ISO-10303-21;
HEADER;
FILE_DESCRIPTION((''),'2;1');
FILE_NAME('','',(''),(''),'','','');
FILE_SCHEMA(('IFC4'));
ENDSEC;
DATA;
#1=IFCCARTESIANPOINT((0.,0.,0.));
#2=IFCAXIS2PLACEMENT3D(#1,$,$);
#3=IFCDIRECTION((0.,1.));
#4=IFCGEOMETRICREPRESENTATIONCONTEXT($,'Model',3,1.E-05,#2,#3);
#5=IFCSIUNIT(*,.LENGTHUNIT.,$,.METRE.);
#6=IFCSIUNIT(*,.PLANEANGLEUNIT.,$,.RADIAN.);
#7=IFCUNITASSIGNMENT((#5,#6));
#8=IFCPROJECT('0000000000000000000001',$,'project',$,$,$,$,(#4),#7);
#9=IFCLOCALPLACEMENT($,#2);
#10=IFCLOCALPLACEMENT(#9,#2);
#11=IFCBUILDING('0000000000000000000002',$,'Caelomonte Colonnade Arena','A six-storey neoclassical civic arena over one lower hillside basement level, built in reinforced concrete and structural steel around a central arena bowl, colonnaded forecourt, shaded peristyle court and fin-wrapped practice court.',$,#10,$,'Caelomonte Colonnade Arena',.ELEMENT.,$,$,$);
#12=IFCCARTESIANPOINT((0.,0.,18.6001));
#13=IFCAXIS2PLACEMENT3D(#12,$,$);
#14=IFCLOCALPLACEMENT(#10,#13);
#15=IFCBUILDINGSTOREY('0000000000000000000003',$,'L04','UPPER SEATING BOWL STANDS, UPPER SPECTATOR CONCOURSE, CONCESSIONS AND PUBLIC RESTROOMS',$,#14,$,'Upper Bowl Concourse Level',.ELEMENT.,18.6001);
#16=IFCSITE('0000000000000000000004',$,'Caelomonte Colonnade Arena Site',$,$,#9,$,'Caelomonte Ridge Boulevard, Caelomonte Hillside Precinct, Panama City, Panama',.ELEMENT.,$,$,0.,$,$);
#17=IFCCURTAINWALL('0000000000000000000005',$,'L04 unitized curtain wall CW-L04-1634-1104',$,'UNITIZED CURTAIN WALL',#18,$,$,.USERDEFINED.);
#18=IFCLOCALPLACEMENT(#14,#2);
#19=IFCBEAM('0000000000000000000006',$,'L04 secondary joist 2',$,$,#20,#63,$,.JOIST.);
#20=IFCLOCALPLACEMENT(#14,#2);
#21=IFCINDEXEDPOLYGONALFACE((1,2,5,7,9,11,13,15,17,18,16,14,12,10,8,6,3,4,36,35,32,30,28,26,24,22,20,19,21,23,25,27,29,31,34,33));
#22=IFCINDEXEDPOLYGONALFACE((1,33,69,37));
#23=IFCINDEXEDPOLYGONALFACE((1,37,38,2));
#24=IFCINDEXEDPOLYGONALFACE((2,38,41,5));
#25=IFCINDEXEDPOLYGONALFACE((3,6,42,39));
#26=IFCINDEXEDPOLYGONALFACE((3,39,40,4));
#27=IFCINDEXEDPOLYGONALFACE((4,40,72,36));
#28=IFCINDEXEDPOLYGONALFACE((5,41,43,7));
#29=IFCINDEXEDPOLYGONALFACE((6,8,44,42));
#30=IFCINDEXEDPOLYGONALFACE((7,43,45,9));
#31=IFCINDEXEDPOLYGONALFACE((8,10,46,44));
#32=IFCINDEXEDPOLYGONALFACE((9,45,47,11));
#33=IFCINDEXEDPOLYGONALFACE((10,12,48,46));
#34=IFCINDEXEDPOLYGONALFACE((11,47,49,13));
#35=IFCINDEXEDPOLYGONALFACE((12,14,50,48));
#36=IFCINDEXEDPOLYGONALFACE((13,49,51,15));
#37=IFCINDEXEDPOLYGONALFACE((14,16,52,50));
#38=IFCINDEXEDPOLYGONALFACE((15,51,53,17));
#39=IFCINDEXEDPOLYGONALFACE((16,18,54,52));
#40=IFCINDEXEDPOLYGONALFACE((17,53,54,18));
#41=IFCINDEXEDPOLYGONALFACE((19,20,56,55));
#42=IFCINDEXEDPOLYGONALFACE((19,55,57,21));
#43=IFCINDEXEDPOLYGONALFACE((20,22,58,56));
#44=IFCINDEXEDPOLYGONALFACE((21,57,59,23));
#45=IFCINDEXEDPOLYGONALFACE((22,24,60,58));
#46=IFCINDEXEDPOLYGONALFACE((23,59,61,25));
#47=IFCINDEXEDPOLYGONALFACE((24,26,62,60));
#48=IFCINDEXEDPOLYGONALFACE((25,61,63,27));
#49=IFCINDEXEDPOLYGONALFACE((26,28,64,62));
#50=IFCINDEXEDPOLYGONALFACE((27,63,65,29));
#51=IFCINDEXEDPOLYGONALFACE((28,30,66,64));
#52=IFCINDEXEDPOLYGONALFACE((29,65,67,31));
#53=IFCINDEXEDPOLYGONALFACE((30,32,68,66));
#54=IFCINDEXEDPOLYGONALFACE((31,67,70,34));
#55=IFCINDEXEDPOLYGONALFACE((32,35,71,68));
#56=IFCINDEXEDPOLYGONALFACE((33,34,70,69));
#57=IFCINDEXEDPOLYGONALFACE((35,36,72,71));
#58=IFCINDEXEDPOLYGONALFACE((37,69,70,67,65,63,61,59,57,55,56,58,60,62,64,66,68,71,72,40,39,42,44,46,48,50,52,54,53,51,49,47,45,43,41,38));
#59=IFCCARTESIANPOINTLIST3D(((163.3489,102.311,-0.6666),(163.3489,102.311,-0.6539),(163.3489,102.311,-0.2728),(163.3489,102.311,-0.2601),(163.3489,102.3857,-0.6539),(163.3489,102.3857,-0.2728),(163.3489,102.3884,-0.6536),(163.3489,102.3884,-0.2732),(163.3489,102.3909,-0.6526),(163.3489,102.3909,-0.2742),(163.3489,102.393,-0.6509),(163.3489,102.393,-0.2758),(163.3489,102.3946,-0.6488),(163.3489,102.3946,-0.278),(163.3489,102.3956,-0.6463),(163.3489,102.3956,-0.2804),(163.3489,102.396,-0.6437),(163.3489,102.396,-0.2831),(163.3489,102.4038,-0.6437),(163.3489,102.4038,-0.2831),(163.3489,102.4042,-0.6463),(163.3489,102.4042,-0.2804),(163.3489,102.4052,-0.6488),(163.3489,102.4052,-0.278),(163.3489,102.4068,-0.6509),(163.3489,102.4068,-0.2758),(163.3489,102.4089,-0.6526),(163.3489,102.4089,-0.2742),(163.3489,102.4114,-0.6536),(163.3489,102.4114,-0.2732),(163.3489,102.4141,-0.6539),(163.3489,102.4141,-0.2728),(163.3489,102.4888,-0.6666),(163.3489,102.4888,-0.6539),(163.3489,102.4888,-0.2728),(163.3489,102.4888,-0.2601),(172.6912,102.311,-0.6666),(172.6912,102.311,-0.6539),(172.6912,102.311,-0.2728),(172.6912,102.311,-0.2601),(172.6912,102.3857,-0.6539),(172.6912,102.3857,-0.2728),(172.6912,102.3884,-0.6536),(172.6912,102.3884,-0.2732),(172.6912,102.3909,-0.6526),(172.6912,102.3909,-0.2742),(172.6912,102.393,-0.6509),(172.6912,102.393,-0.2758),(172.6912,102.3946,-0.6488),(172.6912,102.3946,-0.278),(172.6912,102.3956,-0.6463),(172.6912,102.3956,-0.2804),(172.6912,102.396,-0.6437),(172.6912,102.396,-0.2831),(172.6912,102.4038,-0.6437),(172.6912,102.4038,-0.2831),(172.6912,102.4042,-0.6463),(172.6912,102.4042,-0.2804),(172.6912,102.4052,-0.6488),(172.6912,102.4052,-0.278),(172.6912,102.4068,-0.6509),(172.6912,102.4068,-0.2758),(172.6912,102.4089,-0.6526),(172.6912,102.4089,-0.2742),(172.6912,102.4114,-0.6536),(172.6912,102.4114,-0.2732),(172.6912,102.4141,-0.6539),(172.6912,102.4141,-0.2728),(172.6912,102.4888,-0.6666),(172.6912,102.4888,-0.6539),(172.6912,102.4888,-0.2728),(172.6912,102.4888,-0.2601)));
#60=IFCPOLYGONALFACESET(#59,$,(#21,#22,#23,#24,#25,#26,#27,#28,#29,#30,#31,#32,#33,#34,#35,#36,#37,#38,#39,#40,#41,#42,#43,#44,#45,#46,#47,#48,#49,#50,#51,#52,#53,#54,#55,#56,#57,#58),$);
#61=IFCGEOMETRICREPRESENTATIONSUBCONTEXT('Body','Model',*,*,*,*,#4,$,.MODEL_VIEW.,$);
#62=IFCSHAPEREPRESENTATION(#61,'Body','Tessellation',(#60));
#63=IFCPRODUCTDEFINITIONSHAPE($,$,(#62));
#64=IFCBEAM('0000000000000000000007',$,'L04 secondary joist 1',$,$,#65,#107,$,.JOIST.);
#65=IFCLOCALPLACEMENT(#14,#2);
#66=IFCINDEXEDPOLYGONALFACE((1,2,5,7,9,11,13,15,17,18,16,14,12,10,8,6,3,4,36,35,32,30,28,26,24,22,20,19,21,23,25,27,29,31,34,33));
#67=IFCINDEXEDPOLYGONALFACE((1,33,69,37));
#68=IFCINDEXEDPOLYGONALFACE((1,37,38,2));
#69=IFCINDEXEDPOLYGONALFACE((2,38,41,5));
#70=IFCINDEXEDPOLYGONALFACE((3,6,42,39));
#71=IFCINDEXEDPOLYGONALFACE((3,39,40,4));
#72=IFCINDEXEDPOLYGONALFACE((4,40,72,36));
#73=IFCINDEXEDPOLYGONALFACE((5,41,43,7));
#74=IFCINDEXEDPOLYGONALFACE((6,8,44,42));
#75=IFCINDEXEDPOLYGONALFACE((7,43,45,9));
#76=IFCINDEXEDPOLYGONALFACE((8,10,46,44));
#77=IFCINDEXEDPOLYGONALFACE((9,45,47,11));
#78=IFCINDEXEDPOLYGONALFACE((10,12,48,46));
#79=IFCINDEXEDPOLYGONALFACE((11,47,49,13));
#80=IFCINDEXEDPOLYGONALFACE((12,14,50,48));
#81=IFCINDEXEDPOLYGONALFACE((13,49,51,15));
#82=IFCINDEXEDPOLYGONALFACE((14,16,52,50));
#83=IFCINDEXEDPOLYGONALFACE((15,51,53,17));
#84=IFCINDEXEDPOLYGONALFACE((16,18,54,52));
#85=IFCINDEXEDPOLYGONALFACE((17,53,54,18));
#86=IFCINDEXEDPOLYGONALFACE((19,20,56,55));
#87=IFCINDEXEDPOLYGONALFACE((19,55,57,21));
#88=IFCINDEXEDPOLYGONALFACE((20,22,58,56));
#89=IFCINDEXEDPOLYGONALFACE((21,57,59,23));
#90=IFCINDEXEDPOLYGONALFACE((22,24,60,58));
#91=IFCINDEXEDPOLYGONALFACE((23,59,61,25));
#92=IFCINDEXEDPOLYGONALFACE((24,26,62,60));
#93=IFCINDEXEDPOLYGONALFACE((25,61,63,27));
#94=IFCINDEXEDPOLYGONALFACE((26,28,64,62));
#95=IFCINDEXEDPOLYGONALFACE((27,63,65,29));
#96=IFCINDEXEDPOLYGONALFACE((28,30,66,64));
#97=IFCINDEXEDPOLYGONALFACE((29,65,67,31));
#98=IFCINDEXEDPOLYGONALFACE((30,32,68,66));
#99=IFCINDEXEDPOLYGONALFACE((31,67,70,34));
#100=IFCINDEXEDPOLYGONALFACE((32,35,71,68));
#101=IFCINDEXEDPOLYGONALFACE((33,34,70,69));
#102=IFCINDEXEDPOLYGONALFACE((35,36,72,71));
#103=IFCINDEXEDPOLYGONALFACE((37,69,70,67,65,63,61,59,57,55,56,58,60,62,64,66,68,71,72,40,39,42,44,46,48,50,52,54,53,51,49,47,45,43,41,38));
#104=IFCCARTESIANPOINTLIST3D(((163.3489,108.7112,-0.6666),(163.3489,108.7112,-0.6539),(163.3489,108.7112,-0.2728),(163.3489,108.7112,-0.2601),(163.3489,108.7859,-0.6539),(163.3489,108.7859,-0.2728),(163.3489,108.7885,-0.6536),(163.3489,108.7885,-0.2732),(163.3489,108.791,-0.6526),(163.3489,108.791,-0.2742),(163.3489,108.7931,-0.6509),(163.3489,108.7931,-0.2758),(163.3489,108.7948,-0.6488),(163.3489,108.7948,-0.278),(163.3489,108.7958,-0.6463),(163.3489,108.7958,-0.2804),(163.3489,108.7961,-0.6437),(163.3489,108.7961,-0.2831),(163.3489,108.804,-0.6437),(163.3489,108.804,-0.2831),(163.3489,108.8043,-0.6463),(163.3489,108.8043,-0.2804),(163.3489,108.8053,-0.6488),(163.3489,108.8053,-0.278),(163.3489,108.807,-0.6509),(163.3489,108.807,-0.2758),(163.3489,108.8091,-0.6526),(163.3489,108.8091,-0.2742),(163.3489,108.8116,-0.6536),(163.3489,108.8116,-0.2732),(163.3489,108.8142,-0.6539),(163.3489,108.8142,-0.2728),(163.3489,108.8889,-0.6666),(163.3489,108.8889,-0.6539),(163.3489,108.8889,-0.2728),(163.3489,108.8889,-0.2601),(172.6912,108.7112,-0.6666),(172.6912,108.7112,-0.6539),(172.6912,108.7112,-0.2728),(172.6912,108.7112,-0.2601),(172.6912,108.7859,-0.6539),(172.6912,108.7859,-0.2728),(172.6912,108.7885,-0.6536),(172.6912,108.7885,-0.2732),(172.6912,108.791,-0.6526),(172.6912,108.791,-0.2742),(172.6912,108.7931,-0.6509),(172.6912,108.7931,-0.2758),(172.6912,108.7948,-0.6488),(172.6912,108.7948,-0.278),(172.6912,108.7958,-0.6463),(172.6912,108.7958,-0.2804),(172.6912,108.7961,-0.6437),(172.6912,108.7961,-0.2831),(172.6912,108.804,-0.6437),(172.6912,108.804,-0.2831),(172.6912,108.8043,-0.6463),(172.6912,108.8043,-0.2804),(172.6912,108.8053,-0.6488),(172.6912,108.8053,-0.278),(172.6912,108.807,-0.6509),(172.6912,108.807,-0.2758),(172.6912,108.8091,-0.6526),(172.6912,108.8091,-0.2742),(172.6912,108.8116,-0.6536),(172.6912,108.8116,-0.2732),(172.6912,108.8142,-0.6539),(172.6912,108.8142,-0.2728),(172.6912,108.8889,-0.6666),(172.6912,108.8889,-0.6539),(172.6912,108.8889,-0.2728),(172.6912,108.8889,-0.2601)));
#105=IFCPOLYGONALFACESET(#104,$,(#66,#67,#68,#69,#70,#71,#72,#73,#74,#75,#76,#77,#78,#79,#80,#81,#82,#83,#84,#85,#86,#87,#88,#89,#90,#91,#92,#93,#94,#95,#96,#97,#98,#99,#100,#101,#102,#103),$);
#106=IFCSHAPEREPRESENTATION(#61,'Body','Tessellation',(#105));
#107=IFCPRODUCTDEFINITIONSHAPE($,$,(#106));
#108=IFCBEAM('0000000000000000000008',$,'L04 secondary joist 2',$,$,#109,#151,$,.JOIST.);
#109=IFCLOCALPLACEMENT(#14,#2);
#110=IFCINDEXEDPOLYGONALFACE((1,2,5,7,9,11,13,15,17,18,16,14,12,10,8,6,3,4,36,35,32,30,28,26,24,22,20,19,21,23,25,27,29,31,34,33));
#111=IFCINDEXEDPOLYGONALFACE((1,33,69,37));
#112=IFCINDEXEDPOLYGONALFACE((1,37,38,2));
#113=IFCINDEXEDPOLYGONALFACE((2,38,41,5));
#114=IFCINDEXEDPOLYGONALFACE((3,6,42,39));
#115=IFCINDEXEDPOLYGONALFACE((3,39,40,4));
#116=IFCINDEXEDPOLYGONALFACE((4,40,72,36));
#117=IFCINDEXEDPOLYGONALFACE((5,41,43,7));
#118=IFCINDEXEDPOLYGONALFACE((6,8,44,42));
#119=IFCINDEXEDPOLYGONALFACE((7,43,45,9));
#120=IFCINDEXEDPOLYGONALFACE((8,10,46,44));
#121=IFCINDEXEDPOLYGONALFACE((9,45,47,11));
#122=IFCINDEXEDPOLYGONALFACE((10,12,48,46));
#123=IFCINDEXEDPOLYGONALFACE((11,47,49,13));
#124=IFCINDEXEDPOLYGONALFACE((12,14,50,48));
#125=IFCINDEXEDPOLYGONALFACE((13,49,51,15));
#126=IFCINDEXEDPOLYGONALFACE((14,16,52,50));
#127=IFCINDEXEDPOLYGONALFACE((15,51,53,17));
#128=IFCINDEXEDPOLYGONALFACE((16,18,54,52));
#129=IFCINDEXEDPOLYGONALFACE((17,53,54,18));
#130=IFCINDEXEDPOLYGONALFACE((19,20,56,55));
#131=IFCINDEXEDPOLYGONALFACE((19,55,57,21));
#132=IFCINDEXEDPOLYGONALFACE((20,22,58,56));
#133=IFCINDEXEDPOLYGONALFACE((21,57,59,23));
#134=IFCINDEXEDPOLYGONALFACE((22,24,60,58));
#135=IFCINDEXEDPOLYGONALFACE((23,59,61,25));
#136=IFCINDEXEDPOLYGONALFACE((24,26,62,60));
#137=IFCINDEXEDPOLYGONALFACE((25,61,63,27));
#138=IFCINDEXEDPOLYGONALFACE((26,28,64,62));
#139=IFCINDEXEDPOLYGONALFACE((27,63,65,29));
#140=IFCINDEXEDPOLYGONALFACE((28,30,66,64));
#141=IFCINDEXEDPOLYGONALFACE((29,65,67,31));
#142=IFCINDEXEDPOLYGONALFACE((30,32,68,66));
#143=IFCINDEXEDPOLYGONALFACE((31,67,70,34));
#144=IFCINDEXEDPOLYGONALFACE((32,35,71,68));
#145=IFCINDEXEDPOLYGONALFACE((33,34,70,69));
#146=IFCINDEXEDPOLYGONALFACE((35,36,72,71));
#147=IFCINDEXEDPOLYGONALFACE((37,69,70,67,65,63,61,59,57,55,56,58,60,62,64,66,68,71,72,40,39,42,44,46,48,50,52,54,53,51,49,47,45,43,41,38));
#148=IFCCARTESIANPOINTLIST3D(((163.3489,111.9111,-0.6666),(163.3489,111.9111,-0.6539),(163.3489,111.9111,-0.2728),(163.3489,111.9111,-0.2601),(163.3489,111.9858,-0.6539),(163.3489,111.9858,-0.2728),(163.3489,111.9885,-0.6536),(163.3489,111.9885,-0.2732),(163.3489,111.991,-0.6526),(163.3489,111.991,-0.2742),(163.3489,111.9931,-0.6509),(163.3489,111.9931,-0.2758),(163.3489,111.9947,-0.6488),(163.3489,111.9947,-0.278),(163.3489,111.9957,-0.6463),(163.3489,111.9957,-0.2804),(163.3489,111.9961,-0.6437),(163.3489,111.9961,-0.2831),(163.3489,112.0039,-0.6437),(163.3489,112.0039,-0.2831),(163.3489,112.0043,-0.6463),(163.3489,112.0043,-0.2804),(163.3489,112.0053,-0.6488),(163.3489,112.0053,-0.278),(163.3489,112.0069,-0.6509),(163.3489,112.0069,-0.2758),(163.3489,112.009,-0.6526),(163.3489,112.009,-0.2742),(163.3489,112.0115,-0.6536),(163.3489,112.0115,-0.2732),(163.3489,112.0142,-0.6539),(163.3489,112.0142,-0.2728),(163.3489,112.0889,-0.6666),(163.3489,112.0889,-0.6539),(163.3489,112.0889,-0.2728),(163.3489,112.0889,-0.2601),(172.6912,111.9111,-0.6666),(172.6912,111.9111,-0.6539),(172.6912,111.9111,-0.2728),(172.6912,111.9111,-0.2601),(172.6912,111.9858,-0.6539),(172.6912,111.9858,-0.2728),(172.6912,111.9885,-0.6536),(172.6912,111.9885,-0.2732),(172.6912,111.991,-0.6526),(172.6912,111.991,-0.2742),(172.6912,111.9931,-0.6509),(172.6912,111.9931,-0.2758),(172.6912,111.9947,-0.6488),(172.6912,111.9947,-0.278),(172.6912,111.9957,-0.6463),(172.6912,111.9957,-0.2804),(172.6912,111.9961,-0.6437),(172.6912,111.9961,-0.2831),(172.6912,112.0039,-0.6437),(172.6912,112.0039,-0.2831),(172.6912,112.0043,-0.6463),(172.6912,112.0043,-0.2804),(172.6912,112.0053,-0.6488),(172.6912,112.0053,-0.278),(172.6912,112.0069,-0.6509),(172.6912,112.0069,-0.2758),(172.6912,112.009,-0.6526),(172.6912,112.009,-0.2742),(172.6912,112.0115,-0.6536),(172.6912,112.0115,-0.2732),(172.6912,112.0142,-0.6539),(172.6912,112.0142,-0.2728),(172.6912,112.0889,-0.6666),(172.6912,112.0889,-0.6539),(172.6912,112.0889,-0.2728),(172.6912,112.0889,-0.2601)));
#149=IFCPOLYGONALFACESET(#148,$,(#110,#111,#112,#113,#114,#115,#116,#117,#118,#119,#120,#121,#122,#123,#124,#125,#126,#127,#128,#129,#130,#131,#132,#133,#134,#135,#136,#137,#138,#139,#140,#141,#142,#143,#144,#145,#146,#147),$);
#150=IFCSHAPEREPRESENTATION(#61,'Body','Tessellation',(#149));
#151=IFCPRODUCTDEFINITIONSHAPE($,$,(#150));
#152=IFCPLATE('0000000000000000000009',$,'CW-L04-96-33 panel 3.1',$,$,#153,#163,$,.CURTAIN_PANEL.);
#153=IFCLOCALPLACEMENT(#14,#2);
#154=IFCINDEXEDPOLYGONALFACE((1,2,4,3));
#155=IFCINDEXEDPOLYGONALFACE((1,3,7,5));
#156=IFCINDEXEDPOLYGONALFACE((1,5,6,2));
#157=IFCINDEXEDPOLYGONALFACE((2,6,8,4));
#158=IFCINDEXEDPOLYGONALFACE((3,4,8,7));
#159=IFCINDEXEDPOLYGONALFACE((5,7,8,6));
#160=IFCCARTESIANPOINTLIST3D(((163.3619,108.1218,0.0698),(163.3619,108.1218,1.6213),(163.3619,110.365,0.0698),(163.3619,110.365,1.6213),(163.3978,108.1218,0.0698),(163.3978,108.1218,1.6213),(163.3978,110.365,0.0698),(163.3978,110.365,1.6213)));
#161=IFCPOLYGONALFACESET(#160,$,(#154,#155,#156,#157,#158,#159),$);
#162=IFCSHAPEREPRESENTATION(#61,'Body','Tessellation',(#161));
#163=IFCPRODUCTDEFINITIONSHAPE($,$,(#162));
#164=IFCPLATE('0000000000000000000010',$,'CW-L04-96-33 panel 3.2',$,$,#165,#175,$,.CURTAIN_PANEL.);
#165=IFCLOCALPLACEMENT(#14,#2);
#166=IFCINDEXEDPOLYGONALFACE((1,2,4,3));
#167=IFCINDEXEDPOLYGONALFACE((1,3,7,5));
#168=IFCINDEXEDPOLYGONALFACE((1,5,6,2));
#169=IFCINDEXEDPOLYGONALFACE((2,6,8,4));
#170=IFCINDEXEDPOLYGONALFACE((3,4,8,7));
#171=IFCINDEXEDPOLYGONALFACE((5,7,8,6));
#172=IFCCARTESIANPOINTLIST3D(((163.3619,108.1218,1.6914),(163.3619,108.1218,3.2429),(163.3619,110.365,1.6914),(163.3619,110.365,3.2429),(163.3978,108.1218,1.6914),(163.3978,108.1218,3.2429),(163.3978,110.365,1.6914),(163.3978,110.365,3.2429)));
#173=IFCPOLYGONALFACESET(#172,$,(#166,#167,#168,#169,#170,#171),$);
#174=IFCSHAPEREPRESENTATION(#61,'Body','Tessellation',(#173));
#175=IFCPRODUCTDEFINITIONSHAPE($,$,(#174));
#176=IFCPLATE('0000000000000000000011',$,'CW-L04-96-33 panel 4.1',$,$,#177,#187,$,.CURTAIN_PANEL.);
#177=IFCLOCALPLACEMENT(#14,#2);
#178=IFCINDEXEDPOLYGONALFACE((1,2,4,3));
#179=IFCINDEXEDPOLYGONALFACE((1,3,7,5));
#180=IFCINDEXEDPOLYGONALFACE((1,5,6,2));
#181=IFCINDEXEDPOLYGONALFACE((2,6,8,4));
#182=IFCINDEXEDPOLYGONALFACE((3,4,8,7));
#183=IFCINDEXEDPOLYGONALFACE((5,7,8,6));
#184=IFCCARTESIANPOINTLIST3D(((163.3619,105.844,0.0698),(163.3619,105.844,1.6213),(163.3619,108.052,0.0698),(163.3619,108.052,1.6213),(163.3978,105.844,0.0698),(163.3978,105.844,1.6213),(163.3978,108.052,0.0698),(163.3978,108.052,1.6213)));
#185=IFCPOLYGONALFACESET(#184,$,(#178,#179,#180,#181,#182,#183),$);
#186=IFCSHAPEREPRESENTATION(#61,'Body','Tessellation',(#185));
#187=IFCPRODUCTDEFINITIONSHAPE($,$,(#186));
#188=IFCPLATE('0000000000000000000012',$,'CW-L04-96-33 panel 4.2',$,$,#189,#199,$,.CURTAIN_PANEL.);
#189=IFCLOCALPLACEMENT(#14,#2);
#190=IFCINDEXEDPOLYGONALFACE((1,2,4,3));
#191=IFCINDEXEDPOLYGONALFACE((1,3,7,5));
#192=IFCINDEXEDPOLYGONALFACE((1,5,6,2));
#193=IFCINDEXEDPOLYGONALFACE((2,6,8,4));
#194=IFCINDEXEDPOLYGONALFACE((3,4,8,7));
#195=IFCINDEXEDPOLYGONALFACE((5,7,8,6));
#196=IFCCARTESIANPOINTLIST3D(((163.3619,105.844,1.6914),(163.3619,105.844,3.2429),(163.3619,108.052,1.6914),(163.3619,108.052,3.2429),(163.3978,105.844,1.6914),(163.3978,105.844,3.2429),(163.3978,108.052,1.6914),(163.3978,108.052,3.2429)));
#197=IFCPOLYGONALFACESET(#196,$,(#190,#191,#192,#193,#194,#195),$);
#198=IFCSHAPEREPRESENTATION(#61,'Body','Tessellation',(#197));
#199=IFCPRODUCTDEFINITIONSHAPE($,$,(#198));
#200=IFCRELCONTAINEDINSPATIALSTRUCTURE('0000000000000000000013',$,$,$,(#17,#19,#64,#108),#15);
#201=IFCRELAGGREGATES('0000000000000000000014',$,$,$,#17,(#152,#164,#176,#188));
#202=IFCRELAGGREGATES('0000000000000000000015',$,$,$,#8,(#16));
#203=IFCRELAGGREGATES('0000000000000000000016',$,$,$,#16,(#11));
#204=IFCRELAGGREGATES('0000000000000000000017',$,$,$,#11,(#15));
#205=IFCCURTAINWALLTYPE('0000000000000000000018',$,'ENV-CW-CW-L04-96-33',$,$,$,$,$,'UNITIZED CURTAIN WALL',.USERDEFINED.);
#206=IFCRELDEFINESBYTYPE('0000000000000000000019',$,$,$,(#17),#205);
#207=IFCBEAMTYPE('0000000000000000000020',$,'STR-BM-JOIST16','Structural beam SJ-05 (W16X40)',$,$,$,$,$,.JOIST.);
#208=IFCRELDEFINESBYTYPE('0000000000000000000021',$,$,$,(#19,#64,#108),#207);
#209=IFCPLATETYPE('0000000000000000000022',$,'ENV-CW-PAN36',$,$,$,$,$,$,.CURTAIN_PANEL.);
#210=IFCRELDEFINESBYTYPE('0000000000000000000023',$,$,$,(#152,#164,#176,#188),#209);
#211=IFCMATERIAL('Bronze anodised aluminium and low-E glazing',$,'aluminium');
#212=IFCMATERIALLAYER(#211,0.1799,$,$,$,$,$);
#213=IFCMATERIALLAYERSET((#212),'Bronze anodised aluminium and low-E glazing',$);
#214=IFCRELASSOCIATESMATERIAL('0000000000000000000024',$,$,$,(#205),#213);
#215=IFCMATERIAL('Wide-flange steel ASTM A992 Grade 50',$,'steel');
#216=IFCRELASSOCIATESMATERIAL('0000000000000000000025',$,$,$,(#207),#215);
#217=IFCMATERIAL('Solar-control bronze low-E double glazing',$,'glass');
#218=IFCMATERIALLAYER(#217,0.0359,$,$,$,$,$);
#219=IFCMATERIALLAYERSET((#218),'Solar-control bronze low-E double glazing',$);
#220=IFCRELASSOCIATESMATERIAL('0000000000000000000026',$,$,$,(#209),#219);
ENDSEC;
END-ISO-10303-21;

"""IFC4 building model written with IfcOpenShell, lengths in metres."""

from ifc_helpers import new_model, si_unit, direction, frame, origin, origin_2d, place, context, subcontext, project, spatial, rectangle, i_section, extrude, material, layer, layer_set, material_profile, profile_set, type_object, element, aggregate, save


model = new_model("IFC4")

# Units and contexts
model_context = context("Model", 3, precision=1e-05, world=origin(), true_north=direction((0.0, 1.0)))
body_context = subcontext(model_context, "Body", "Model", "MODEL_VIEW")
ifc_project = project(units=[si_unit("LENGTHUNIT", "METRE"), si_unit("PLANEANGLEUNIT", "RADIAN")], contexts=[model_context])

# Site, building, storey
site_placement = place(None, origin())
site = spatial("IfcSite", under=ifc_project, at=site_placement, Name="Caelomonte Colonnade Arena Site", LongName="Caelomonte Ridge Boulevard, Caelomonte Hillside Precinct, Panama City, Panama", CompositionType="ELEMENT", RefElevation=0.0)
building_placement = place(site_placement, origin())
building = spatial("IfcBuilding", under=site, at=building_placement, Name="Caelomonte Colonnade Arena", Description="A six-storey neoclassical civic arena over one lower hillside basement level, built in reinforced concrete and structural steel around a central arena bowl, colonnaded forecourt, shaded peristyle court and fin-wrapped practice court.", LongName="Caelomonte Colonnade Arena", CompositionType="ELEMENT")
storey_placement = place(building_placement, frame((0.0, 0.0, 18.6001)))
storey = spatial("IfcBuildingStorey", under=building, at=storey_placement, Name="L04", Description="UPPER SEATING BOWL STANDS, UPPER SPECTATOR CONCOURSE, CONCESSIONS AND PUBLIC RESTROOMS", LongName="Upper Bowl Concourse Level", CompositionType="ELEMENT", Elevation=18.6001)

# Shared definitions
ifc_material_1 = material(Name="Wide-flange steel ASTM A992 Grade 50", Category="steel")

# Curtain wall
ifc_material_2 = material(Name="Bronze anodised aluminium and low-E glazing", Category="aluminium")
ifc_layer_1 = layer(ifc_material_2, 0.1799)
ifc_layer_set_1 = layer_set([ifc_layer_1], Name="Bronze anodised aluminium and low-E glazing")
curtain_wall_type_1 = type_object("IfcCurtainWallType", Name="ENV-CW-CW-L04-96-33", ElementType="UNITIZED CURTAIN WALL", PredefinedType="USERDEFINED", material=ifc_layer_set_1)
curtain_wall_1_placement = place(storey_placement, origin())
curtain_wall_1 = element("IfcCurtainWall", 1, at=curtain_wall_1_placement, inside=storey, type_object=curtain_wall_type_1, Name="L04 unitized curtain wall CW-L04-1634-1104", ObjectType="UNITIZED CURTAIN WALL", PredefinedType="USERDEFINED")

# Beams
ifc_material_profile_1 = material_profile(ifc_material_1, i_section(OverallWidth=0.1777, OverallDepth=0.4065, WebThickness=0.0078, FlangeThickness=0.0127, FilletRadius=0.0103, at=origin_2d()), Name="W16X40")
ifc_profile_set_1 = profile_set([ifc_material_profile_1], Name="Wide-flange steel ASTM A992 Grade 50")
beam_type_1 = type_object("IfcBeamType", Name="STR-BM-JOIST16", Description="Structural beam SJ-05 (W16X40)", PredefinedType="JOIST", material=ifc_profile_set_1)
for number, where, z_axis, x_axis, name in (
    (2, (163.3489, 102.3999, -0.4634), (1.0, 0.0, 0.0), (0.0, 1.0, 0.0), "L04 secondary joist 2"),
    (3, (163.3489, 108.8, -0.4634), (1.0, 0.0, 0.0), (0.0, 1.0, 0.0), "L04 secondary joist 1"),
    (4, (163.3489, 112.0, -0.4634), (1.0, 0.0, 0.0), (0.0, 1.0, 0.0), "L04 secondary joist 2"),
):
    element("IfcBeam", number, at=place(storey_placement, frame(where, z_axis=z_axis, x_axis=x_axis)), inside=storey, type_object=beam_type_1, Name=name, PredefinedType="JOIST", context=body_context, shape_type="SweptSolid", body=[
        extrude(i_section(OverallWidth=0.1777, OverallDepth=0.4065, WebThickness=0.0078, FlangeThickness=0.0127, FilletRadius=0.0103, at=origin_2d()), origin(), (0.0, 0.0, 1.0), 9.3423),
    ])

# Plates
ifc_material_3 = material(Name="Solar-control bronze low-E double glazing", Category="glass")
ifc_layer_2 = layer(ifc_material_3, 0.0359)
ifc_layer_set_2 = layer_set([ifc_layer_2], Name="Solar-control bronze low-E double glazing")
plate_type = type_object("IfcPlateType", Name="ENV-CW-PAN36", PredefinedType="CURTAIN_PANEL", material=ifc_layer_set_2)
plate_1_placement = place(storey_placement, frame((163.3799, 109.2434, 0.0698), z_axis=(0.0, 0.0, 1.0), x_axis=(0.0, -1.0, 0.0)))
plate_1 = element("IfcPlate", 5, at=plate_1_placement, type_object=plate_type, Name="CW-L04-96-33 panel 3.1", PredefinedType="CURTAIN_PANEL", context=body_context, shape_type="SweptSolid", body=[
    extrude(rectangle(XDim=2.2432, YDim=0.0359, at=origin_2d()), origin(), (0.0, 0.0, 1.0), 1.5515),
])
plate_2_placement = place(storey_placement, frame((163.3799, 109.2434, 1.6914), z_axis=(0.0, 0.0, 1.0), x_axis=(0.0, -1.0, 0.0)))
plate_2 = element("IfcPlate", 6, at=plate_2_placement, type_object=plate_type, Name="CW-L04-96-33 panel 3.2", PredefinedType="CURTAIN_PANEL", context=body_context, shape_type="SweptSolid", body=[
    extrude(rectangle(XDim=2.2432, YDim=0.0359, at=origin_2d()), origin(), (0.0, 0.0, 1.0), 1.5515),
])
plate_3_placement = place(storey_placement, frame((163.3799, 106.948, 0.0698), z_axis=(0.0, 0.0, 1.0), x_axis=(0.0, -1.0, 0.0)))
plate_3 = element("IfcPlate", 7, at=plate_3_placement, type_object=plate_type, Name="CW-L04-96-33 panel 4.1", PredefinedType="CURTAIN_PANEL", context=body_context, shape_type="SweptSolid", body=[
    extrude(rectangle(XDim=2.208, YDim=0.0359, at=origin_2d()), origin(), (0.0, 0.0, 1.0), 1.5515),
])
plate_4_placement = place(storey_placement, frame((163.3799, 106.948, 1.6914), z_axis=(0.0, 0.0, 1.0), x_axis=(0.0, -1.0, 0.0)))
plate_4 = element("IfcPlate", 8, at=plate_4_placement, type_object=plate_type, Name="CW-L04-96-33 panel 4.2", PredefinedType="CURTAIN_PANEL", context=body_context, shape_type="SweptSolid", body=[
    extrude(rectangle(XDim=2.208, YDim=0.0359, at=origin_2d()), origin(), (0.0, 0.0, 1.0), 1.5515),
])
aggregate(curtain_wall_1, [plate_1, plate_2, plate_3, plate_4])

save(model, "model.ifc")
